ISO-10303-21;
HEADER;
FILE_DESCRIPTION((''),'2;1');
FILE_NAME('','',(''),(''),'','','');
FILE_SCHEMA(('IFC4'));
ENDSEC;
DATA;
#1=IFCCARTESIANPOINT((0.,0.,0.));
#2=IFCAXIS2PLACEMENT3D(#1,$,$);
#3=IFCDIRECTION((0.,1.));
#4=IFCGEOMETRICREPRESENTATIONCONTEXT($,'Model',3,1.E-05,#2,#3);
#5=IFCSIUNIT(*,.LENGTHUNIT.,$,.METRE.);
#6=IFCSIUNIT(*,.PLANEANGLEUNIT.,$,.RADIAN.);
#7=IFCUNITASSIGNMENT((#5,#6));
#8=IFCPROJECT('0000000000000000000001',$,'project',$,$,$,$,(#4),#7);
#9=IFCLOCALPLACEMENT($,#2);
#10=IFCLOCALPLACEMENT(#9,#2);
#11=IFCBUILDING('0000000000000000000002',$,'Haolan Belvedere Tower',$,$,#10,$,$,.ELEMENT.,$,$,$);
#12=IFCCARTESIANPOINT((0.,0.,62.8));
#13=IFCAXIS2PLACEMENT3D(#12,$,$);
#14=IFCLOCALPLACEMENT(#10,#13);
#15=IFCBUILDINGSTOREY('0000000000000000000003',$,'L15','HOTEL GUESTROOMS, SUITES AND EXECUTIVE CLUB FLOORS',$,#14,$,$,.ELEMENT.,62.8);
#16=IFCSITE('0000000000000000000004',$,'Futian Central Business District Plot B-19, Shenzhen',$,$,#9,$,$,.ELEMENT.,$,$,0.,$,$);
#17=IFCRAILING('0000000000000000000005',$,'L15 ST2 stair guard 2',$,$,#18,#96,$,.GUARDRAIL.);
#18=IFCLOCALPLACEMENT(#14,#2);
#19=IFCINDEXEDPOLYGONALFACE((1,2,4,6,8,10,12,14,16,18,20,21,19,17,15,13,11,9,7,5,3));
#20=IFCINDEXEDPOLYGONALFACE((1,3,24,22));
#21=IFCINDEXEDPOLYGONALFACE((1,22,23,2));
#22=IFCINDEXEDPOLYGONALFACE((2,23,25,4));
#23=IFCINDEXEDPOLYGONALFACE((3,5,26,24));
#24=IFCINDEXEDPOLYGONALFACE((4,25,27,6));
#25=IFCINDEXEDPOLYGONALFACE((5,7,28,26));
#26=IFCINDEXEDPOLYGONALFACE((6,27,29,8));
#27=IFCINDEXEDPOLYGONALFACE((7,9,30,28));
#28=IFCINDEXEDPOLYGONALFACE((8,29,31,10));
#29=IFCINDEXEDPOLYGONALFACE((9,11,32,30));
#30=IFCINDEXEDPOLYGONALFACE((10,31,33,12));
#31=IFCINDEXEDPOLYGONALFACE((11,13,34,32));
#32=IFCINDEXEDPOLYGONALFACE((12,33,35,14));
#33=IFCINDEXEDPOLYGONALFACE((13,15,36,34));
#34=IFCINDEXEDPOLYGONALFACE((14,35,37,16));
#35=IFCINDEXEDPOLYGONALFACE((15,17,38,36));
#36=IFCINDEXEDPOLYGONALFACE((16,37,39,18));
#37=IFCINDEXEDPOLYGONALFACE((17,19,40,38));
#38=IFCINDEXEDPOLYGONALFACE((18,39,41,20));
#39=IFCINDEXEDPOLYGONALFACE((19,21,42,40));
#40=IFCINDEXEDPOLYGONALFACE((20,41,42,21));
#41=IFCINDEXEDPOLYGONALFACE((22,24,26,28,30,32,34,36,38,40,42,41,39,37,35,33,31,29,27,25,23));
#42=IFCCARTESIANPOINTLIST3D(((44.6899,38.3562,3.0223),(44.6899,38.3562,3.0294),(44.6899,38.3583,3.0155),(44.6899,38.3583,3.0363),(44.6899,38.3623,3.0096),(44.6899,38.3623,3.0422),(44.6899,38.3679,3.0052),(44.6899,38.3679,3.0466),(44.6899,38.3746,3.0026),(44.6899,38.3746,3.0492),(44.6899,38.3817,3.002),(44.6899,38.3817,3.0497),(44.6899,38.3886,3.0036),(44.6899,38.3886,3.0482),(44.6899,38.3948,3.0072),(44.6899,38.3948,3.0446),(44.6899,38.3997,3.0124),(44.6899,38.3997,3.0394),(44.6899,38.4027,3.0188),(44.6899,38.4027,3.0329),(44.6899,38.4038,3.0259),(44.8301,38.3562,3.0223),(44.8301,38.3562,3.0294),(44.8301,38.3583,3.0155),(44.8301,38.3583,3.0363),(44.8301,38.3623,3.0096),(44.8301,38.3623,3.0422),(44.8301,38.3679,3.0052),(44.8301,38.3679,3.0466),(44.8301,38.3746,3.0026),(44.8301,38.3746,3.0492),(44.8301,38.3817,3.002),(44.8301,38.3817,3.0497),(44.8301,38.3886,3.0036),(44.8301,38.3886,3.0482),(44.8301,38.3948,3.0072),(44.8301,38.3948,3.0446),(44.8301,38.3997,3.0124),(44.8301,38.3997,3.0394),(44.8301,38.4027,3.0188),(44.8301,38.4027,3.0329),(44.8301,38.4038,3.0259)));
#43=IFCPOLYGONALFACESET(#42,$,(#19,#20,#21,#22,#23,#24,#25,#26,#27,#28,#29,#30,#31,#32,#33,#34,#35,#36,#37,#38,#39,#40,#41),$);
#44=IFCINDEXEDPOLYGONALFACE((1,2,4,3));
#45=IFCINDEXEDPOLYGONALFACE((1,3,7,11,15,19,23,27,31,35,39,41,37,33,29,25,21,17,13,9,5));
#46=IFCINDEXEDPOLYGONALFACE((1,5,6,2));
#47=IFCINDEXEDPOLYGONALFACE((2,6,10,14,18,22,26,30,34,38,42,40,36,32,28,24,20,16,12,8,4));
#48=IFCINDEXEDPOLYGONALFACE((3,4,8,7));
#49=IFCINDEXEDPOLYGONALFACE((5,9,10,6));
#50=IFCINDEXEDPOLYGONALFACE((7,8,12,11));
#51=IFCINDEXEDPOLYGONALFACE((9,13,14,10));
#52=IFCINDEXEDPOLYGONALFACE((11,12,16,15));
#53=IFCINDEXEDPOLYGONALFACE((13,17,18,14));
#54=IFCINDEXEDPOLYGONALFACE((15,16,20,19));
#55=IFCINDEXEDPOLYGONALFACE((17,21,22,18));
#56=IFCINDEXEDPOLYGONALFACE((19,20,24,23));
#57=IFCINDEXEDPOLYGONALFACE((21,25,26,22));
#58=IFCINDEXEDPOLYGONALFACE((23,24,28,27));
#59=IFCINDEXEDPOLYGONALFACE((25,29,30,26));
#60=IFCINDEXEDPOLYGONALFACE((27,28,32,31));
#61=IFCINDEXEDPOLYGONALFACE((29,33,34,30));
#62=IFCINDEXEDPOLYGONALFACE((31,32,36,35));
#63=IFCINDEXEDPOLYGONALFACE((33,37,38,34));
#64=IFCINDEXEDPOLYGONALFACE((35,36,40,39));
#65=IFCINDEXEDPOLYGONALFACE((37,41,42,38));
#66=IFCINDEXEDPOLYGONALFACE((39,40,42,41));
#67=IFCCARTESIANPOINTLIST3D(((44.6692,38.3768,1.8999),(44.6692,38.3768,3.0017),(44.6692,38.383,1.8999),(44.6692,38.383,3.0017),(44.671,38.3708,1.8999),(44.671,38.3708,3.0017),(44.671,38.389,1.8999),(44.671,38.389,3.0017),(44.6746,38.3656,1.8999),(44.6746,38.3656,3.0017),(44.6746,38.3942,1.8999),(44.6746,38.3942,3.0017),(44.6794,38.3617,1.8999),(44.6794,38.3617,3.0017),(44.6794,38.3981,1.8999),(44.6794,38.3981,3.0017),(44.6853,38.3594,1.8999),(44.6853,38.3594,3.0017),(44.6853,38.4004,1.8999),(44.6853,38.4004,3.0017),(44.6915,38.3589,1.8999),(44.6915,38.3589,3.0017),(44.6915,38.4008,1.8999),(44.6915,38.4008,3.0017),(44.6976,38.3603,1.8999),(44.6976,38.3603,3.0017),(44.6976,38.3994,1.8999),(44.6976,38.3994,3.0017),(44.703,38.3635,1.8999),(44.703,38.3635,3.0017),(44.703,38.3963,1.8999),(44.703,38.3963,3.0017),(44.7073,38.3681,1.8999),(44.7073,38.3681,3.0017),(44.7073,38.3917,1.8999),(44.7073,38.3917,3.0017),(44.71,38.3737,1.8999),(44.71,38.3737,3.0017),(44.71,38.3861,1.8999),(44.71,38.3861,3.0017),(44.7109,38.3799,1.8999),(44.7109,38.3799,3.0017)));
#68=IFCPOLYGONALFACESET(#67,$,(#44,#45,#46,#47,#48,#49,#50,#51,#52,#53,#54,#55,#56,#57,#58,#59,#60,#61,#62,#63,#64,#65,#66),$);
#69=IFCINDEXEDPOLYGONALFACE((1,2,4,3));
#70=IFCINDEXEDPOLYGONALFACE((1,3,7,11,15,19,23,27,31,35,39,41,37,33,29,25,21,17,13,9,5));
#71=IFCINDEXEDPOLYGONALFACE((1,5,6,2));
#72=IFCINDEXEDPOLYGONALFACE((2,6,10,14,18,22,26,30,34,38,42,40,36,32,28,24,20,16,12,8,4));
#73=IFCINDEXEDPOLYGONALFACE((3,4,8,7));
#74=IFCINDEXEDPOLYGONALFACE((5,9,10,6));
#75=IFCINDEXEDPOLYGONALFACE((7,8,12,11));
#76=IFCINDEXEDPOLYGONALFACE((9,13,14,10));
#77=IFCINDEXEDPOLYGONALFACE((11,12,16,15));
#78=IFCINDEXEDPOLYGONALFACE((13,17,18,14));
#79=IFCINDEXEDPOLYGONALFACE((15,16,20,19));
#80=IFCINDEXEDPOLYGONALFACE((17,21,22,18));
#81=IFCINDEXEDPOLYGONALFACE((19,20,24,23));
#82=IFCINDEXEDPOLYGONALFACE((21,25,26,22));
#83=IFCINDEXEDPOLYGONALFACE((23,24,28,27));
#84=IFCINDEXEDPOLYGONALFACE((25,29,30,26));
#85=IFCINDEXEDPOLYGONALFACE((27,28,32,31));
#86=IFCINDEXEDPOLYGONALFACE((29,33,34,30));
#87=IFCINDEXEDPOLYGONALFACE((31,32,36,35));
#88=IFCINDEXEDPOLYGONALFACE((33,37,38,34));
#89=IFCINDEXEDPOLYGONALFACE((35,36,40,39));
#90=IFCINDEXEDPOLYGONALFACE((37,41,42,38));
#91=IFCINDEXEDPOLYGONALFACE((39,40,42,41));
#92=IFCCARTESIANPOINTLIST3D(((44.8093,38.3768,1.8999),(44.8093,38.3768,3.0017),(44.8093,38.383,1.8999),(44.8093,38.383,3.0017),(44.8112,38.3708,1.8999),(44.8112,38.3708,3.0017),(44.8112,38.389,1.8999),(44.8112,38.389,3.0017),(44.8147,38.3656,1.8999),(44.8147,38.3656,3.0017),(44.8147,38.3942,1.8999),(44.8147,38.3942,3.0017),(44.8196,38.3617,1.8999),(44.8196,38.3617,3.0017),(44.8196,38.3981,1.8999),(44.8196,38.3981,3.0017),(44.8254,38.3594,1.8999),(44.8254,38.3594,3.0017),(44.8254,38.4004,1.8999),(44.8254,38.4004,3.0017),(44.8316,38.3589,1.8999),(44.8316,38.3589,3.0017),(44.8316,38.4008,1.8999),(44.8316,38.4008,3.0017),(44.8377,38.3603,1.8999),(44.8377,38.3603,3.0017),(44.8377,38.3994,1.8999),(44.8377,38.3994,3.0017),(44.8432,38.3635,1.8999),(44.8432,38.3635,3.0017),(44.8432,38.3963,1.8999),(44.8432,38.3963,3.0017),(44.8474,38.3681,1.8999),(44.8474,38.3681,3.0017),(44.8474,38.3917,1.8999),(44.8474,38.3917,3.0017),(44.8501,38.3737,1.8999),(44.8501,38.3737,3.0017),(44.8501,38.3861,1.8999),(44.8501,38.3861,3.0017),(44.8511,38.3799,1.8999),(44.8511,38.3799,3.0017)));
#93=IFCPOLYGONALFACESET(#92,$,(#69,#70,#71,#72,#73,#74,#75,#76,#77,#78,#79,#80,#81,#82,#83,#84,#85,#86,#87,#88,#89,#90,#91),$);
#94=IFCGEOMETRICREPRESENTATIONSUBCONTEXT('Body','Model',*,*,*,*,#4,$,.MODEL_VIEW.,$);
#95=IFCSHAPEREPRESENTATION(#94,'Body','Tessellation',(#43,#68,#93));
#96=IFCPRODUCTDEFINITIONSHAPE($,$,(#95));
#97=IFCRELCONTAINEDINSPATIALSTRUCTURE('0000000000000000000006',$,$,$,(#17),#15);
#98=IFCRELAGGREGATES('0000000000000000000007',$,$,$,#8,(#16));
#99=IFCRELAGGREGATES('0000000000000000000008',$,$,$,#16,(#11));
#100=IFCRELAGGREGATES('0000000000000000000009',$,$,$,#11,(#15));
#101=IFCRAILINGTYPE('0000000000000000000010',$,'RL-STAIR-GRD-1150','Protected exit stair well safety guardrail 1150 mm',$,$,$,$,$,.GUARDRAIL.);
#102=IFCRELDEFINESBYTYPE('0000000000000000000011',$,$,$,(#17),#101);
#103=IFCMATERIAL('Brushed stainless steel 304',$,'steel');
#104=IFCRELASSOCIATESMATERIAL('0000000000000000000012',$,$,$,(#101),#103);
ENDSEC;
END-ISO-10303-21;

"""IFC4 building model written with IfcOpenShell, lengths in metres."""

from ifc_helpers import new_model, si_unit, direction, frame, origin, origin_2d, place, context, subcontext, project, spatial, circle, extrude, material, type_object, element, save


model = new_model("IFC4")

# Units and contexts
model_context = context("Model", 3, precision=1e-05, world=origin(), true_north=direction((0.0, 1.0)))
body_context = subcontext(model_context, "Body", "Model", "MODEL_VIEW")
ifc_project = project(units=[si_unit("LENGTHUNIT", "METRE"), si_unit("PLANEANGLEUNIT", "RADIAN")], contexts=[model_context])

# Site, building, storey
site_placement = place(None, origin())
site = spatial("IfcSite", under=ifc_project, at=site_placement, Name="Futian Central Business District Plot B-19, Shenzhen", CompositionType="ELEMENT", RefElevation=0.0)
building_placement = place(site_placement, origin())
building = spatial("IfcBuilding", under=site, at=building_placement, Name="Haolan Belvedere Tower", CompositionType="ELEMENT")
storey_placement = place(building_placement, frame((0.0, 0.0, 62.8)))
storey = spatial("IfcBuildingStorey", under=building, at=storey_placement, Name="L15", Description="HOTEL GUESTROOMS, SUITES AND EXECUTIVE CLUB FLOORS", CompositionType="ELEMENT", Elevation=62.8)

# Railing
ifc_material_1 = material(Name="Brushed stainless steel 304", Category="steel")
railing_type_1 = type_object("IfcRailingType", Name="RL-STAIR-GRD-1150", Description="Protected exit stair well safety guardrail 1150 mm", PredefinedType="GUARDRAIL", material=ifc_material_1)
railing_1_placement = place(storey_placement, frame((44.6899, 38.3799, 1.8999)))
element("IfcRailing", 1, at=railing_1_placement, inside=storey, type_object=railing_type_1, Name="L15 ST2 stair guard 2", PredefinedType="GUARDRAIL", context=body_context, shape_type="SweptSolid", body=[
    extrude(circle(Radius=0.0239, at=origin_2d()), frame((0.0, 0.0, 1.126), z_axis=(1.0, 0.0, 0.0), x_axis=(0.0, 1.0, 0.0)), (0.0, 0.0, 1.0), 0.1401),
    extrude(circle(Radius=0.021, at=origin_2d()), origin(), (0.0, 0.0, 1.0), 1.1018),
    extrude(circle(Radius=0.021, at=origin_2d()), frame((0.1401, 0.0, 0.0)), (0.0, 0.0, 1.0), 1.1018),
])

save(model, "model.ifc")
